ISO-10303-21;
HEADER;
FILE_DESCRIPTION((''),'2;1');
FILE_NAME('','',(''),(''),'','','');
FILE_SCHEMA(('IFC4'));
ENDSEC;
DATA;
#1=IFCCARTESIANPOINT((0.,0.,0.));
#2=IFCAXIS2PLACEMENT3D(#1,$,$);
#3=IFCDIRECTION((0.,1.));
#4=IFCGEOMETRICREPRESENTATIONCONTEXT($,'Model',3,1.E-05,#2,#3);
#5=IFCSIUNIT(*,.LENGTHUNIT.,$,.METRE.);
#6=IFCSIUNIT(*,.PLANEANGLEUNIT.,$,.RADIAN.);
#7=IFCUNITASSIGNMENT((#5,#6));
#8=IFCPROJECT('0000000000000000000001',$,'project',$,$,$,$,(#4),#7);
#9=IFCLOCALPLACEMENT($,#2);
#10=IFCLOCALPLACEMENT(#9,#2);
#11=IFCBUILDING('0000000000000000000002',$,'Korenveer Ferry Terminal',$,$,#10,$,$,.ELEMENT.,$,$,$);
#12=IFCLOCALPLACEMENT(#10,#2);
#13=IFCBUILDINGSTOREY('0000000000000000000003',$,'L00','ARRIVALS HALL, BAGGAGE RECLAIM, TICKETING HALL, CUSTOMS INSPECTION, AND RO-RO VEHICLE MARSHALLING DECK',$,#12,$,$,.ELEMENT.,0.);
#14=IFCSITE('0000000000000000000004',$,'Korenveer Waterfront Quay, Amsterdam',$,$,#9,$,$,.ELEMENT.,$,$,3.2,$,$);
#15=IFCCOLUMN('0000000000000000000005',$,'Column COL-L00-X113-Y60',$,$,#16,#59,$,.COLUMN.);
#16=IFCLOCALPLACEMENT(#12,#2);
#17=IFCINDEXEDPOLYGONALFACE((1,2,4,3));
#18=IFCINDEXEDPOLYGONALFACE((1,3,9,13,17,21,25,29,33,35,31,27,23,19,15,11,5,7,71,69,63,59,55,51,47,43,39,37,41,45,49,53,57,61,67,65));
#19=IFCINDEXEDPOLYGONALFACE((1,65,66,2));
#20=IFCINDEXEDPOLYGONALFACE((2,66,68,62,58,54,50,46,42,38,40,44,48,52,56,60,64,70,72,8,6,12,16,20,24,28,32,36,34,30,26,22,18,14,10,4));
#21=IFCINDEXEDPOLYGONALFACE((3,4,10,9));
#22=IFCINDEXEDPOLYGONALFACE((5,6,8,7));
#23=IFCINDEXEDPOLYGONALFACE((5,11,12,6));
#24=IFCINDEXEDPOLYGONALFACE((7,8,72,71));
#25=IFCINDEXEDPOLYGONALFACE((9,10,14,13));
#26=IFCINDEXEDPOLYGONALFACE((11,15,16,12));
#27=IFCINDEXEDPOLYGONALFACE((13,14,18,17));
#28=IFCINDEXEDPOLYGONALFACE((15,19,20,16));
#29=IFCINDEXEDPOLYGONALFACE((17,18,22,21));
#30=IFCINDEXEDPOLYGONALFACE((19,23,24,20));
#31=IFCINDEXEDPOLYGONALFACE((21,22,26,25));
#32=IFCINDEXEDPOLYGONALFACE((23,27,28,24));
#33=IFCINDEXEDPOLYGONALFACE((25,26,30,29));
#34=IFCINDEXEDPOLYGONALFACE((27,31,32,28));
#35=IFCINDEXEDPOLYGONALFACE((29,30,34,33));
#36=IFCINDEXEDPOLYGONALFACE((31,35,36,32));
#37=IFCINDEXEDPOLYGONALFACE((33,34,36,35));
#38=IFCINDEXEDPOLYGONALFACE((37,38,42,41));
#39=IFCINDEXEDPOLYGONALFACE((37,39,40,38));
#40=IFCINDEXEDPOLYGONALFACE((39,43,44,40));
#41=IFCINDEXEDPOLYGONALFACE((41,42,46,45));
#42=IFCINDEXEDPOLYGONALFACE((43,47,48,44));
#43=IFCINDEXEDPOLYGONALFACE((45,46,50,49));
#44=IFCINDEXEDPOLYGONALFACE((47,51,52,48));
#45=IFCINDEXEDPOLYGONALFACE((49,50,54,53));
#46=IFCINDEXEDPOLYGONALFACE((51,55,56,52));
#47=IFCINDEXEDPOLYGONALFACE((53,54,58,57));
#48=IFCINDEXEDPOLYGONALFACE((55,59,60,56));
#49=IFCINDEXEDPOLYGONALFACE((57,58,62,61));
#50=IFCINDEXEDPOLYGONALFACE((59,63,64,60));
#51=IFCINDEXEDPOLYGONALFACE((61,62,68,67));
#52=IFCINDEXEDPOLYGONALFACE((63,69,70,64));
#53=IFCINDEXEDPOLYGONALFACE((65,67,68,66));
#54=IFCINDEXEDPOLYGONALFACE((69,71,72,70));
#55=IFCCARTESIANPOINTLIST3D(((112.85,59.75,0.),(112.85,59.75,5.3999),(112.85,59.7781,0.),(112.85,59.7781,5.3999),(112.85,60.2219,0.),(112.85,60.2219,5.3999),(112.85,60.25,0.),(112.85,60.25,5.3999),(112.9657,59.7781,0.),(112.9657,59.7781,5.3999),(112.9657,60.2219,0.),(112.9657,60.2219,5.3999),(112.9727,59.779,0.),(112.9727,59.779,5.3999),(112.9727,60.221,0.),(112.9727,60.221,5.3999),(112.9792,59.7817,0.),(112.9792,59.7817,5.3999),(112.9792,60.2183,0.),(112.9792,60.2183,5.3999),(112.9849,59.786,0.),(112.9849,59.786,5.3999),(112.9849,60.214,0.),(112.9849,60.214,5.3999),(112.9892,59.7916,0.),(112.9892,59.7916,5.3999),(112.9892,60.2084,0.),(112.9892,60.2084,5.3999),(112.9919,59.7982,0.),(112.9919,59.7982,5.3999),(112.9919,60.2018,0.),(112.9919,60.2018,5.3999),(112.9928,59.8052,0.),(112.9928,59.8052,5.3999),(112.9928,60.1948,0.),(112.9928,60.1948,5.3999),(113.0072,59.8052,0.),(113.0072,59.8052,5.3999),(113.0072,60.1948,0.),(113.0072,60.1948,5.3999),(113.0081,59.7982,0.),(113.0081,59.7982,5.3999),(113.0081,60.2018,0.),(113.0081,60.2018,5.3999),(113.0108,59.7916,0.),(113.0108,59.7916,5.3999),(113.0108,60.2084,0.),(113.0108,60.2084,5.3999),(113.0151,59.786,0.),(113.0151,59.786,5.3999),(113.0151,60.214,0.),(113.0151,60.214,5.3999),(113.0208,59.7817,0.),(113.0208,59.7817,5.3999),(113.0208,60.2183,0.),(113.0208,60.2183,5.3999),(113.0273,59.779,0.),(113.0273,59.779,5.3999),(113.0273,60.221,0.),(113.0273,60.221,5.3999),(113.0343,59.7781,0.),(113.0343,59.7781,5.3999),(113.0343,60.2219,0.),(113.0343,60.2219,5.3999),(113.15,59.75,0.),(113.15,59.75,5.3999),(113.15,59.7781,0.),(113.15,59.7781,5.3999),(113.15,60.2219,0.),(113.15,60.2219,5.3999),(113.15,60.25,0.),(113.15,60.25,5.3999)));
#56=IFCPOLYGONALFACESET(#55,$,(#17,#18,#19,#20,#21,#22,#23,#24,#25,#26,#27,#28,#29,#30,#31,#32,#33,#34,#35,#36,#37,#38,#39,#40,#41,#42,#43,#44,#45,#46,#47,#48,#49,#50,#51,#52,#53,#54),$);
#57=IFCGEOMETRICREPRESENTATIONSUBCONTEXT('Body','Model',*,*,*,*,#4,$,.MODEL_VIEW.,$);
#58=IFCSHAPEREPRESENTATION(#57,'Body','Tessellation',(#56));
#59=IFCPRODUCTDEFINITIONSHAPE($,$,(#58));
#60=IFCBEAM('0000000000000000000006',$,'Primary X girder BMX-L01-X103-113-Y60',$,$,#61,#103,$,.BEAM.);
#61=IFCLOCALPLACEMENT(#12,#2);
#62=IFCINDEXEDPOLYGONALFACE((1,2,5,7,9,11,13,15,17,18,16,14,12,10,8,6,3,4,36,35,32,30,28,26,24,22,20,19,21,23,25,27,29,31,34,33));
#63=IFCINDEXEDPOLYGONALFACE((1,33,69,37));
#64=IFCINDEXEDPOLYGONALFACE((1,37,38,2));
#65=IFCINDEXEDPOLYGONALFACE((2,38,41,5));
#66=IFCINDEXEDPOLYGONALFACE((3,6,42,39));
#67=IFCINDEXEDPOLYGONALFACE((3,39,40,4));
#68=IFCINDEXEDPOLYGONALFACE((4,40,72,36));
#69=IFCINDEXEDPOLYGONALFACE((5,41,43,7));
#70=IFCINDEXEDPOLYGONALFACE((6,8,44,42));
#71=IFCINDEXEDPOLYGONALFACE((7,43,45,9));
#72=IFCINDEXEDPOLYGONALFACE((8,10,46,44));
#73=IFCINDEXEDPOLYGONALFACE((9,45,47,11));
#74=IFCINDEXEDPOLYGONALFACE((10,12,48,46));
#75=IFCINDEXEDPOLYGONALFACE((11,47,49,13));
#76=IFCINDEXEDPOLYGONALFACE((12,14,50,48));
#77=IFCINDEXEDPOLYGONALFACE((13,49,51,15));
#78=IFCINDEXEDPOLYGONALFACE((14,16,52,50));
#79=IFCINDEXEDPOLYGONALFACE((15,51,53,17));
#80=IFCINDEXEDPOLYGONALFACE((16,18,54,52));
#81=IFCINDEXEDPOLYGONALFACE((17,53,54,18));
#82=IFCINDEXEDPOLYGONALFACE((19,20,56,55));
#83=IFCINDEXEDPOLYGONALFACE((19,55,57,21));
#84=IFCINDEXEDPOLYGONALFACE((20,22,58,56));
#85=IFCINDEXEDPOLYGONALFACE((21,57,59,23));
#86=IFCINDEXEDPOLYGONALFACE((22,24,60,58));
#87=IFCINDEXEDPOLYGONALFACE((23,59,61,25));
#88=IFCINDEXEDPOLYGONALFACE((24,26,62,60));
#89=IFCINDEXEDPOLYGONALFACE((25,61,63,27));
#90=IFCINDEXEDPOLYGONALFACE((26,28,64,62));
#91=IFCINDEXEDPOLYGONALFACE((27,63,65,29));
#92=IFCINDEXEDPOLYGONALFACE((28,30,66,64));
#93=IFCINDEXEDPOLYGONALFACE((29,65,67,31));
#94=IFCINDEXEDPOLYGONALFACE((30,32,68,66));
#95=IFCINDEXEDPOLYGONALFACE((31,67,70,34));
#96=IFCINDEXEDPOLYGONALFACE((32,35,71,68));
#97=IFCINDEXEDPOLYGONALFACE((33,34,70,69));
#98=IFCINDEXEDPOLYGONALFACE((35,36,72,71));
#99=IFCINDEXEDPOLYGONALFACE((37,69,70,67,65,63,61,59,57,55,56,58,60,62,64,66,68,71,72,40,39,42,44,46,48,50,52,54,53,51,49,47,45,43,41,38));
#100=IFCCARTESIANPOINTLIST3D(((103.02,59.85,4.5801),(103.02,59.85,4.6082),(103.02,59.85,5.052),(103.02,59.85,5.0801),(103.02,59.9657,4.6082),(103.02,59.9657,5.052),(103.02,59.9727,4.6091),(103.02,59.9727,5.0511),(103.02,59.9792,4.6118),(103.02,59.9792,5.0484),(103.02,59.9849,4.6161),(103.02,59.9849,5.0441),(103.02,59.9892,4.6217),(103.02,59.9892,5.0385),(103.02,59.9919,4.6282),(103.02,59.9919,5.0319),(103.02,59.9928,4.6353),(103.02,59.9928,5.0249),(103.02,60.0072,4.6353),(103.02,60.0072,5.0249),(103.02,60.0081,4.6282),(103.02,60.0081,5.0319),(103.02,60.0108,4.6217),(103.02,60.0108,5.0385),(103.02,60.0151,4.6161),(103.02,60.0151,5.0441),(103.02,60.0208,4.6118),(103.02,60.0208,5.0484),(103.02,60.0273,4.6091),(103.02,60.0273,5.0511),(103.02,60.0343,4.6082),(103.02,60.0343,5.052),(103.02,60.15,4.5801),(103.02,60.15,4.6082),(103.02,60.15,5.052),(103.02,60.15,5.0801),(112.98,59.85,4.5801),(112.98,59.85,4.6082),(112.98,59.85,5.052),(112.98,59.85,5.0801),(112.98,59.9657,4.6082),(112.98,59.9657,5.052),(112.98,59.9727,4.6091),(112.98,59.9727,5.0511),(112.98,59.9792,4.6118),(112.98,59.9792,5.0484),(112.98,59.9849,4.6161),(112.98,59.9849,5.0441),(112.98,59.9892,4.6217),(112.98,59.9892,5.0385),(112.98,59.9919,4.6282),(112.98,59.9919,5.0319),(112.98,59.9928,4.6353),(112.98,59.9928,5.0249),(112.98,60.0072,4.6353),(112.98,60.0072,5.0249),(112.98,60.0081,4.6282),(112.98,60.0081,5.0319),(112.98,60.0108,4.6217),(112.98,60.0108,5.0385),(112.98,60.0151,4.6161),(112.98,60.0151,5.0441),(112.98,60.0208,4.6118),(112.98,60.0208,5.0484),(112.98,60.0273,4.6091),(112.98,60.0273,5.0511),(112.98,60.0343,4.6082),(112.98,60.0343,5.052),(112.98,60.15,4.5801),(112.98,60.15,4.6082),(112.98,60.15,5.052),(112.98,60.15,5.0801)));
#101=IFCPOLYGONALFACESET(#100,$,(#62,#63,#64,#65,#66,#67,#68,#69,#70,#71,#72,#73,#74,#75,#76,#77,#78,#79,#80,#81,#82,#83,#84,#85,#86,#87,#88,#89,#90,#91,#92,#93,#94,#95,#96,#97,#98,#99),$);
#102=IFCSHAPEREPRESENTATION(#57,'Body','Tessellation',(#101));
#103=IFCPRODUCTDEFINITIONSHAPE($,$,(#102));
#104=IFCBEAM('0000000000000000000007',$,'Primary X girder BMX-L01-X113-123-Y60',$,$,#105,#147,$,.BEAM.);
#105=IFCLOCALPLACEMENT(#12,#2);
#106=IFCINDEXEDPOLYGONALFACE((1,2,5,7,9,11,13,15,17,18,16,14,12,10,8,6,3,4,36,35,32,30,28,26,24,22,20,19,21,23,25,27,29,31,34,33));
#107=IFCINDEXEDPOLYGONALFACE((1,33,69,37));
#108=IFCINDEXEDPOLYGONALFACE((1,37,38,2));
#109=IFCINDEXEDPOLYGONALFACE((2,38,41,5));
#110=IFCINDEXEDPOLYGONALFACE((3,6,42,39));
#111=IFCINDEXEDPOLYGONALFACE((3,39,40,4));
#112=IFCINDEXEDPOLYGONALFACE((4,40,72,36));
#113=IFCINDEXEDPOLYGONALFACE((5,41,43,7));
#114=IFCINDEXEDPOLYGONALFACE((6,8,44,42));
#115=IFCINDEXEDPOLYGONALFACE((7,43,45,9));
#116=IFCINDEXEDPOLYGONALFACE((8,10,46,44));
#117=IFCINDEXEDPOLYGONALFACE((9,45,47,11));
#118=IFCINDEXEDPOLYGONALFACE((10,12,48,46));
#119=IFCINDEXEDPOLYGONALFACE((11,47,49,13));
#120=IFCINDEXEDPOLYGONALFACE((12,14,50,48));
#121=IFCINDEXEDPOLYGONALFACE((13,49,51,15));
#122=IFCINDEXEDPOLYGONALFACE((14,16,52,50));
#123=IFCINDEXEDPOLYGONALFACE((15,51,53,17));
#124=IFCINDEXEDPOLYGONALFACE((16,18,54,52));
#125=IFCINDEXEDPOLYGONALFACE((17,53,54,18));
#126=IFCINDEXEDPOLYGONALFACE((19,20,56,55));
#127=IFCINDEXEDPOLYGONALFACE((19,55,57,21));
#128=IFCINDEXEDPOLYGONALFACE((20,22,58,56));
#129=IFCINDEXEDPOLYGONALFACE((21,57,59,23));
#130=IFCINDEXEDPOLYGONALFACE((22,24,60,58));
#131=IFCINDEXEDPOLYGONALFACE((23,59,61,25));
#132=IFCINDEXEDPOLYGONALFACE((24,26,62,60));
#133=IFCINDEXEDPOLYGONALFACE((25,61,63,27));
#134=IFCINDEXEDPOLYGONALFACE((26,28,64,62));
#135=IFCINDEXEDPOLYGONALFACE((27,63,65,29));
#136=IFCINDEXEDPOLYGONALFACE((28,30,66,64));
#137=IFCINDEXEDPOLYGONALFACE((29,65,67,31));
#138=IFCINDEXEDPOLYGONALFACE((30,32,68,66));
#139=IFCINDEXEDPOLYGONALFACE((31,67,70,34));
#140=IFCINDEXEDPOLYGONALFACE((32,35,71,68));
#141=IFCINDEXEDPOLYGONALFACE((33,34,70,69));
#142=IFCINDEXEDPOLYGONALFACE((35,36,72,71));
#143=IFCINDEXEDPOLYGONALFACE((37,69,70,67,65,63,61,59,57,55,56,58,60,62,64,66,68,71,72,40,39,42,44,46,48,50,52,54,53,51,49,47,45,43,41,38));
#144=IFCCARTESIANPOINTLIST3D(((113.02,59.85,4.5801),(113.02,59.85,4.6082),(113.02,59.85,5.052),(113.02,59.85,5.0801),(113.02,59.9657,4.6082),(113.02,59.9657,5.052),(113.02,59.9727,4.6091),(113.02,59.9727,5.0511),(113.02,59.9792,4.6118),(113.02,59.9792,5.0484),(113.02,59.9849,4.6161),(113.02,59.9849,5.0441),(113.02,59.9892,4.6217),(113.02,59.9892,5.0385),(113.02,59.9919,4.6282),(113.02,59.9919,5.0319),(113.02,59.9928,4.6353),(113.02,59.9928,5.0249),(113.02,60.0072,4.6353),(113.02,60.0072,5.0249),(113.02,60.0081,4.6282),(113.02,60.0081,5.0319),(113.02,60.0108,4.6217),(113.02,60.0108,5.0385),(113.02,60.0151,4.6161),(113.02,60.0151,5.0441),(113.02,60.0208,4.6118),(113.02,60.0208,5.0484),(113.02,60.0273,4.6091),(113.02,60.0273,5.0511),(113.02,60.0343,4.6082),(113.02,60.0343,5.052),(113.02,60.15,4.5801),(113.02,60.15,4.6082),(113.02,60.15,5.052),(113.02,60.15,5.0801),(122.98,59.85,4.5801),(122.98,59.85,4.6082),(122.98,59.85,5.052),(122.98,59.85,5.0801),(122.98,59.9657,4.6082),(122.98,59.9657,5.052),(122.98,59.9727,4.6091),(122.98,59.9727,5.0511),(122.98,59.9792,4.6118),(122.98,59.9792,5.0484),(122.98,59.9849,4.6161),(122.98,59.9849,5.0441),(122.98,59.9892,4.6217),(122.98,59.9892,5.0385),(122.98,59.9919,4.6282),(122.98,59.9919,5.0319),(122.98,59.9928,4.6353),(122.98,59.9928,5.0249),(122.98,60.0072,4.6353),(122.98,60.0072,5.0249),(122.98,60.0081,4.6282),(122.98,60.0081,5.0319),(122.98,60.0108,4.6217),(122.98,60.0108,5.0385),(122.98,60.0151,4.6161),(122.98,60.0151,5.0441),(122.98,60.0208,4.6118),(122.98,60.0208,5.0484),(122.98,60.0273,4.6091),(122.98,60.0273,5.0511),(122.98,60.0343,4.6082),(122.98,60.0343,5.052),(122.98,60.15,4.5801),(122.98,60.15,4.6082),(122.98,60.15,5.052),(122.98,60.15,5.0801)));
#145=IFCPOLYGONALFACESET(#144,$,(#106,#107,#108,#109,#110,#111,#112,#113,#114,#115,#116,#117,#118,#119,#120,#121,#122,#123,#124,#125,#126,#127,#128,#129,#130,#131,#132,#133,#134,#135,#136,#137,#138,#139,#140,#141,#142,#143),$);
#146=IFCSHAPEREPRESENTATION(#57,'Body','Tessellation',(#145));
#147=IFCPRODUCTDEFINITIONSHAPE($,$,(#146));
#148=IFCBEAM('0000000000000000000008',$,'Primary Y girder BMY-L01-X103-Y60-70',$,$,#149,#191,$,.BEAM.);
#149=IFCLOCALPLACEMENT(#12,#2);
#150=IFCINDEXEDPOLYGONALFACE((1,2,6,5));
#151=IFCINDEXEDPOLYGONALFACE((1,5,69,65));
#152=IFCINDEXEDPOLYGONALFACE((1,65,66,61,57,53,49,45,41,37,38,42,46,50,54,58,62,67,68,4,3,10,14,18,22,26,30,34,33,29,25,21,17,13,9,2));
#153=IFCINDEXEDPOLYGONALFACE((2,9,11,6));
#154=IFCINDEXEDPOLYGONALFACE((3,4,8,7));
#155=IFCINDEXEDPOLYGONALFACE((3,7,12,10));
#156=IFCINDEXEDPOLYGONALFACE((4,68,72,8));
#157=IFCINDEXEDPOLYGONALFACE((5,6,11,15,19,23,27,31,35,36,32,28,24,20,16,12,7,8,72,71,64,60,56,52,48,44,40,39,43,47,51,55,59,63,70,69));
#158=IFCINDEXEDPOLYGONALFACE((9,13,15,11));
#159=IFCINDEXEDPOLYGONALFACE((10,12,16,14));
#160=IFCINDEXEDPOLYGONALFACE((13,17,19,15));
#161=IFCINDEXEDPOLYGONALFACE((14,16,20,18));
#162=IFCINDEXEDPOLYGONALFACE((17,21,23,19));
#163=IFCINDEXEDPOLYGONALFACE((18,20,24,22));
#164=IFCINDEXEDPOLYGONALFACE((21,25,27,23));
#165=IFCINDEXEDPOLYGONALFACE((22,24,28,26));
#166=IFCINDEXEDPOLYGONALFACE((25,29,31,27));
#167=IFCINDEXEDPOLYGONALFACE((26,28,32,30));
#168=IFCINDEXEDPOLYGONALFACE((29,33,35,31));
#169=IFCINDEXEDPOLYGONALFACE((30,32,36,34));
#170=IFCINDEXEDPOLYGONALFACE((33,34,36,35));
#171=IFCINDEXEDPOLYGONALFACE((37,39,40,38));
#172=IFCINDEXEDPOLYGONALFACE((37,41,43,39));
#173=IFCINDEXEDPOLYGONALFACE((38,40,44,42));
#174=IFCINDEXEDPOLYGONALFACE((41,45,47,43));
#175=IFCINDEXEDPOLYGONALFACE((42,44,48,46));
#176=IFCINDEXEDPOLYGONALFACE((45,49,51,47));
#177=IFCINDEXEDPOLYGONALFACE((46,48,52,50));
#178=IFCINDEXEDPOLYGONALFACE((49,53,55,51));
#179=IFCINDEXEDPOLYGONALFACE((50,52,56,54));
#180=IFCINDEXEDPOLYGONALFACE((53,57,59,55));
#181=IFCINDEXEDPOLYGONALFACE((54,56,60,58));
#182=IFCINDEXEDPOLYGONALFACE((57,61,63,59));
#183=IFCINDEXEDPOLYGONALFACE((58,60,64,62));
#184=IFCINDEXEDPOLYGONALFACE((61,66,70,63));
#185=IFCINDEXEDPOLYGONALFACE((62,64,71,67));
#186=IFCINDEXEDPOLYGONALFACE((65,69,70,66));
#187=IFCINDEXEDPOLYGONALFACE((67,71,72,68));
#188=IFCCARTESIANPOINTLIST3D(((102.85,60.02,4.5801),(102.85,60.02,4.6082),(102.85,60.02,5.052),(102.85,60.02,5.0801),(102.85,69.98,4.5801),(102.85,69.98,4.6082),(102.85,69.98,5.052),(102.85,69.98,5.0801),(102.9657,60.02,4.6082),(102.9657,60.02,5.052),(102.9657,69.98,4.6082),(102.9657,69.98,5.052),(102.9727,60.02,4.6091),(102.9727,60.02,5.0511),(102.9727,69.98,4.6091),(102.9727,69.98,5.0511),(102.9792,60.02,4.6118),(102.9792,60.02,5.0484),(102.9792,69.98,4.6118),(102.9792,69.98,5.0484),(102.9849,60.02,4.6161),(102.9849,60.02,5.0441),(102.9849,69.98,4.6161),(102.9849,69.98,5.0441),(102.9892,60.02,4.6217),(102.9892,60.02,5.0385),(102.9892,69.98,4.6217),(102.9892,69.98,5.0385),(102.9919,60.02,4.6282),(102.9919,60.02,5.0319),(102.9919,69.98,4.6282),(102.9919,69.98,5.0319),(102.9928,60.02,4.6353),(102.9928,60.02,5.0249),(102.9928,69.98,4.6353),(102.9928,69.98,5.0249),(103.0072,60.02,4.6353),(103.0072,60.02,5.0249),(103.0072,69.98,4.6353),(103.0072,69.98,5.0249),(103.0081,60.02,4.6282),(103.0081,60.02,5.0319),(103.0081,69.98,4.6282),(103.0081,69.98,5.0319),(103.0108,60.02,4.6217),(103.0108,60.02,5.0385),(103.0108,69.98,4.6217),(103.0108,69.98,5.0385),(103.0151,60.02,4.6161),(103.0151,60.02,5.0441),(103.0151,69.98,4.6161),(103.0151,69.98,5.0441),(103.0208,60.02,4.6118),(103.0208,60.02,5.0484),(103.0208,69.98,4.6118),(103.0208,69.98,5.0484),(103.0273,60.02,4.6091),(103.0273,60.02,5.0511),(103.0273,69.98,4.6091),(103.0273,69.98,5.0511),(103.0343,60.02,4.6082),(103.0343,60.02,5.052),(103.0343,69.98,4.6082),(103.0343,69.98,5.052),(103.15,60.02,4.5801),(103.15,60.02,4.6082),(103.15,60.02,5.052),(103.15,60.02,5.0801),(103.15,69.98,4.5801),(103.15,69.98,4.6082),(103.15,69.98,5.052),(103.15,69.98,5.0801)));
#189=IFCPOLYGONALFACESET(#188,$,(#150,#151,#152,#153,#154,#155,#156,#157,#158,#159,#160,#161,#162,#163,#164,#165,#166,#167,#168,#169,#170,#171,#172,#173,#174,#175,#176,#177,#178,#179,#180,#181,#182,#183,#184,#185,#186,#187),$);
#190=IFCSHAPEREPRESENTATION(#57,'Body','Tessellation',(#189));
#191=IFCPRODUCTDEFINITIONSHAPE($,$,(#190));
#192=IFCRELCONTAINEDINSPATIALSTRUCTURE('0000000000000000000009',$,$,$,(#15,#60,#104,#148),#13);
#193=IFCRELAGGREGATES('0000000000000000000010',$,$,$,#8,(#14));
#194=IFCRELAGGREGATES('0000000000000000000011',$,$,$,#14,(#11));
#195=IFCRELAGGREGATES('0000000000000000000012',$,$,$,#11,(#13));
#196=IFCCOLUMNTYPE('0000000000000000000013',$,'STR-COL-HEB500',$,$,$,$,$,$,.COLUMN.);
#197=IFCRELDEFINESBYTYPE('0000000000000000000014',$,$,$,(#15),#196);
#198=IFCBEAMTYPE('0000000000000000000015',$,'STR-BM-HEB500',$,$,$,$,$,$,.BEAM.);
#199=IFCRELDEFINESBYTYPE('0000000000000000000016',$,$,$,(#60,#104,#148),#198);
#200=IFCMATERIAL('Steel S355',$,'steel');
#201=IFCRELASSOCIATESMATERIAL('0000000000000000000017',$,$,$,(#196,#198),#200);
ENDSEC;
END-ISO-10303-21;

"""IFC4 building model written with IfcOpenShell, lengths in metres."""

from ifc_helpers import new_model, si_unit, direction, frame, origin, origin_2d, place, context, subcontext, project, spatial, i_section, extrude, material, material_profile, profile_set, type_object, element, save


model = new_model("IFC4")

# Units and contexts
model_context = context("Model", 3, precision=1e-05, world=origin(), true_north=direction((0.0, 1.0)))
body_context = subcontext(model_context, "Body", "Model", "MODEL_VIEW")
ifc_project = project(units=[si_unit("LENGTHUNIT", "METRE"), si_unit("PLANEANGLEUNIT", "RADIAN")], contexts=[model_context])

# Site, building, storey
site_placement = place(None, origin())
site = spatial("IfcSite", under=ifc_project, at=site_placement, Name="Korenveer Waterfront Quay, Amsterdam", CompositionType="ELEMENT", RefElevation=3.2)
building_placement = place(site_placement, origin())
building = spatial("IfcBuilding", under=site, at=building_placement, Name="Korenveer Ferry Terminal", CompositionType="ELEMENT")
storey_placement = place(building_placement, origin())
storey = spatial("IfcBuildingStorey", under=building, at=storey_placement, Name="L00", Description="ARRIVALS HALL, BAGGAGE RECLAIM, TICKETING HALL, CUSTOMS INSPECTION, AND RO-RO VEHICLE MARSHALLING DECK", CompositionType="ELEMENT", Elevation=0.0)

# Column
ifc_material_1 = material(Name="Steel S355", Category="steel")
ifc_material_profile_1 = material_profile(ifc_material_1, i_section(OverallWidth=0.3, OverallDepth=0.5, WebThickness=0.0144, FlangeThickness=0.0281, FilletRadius=0.0271, at=origin_2d()), Name="HEB 500")
ifc_profile_set_1 = profile_set([ifc_material_profile_1], Name="Steel S355")
column_type = type_object("IfcColumnType", Name="STR-COL-HEB500", PredefinedType="COLUMN", material=ifc_profile_set_1)
column_placement = place(storey_placement, frame((113.0, 60.0, 0.0), z_axis=(0.0, 0.0, 1.0), x_axis=(1.0, 0.0, 0.0)))
element("IfcColumn", 1, at=column_placement, inside=storey, type_object=column_type, Name="Column COL-L00-X113-Y60", PredefinedType="COLUMN", context=body_context, shape_type="SweptSolid", body=[
    extrude(i_section(OverallWidth=0.3, OverallDepth=0.5, WebThickness=0.0144, FlangeThickness=0.0281, FilletRadius=0.0271, at=origin_2d()), origin(), (0.0, 0.0, 1.0), 5.3999),
])

# Beams
ifc_material_profile_2 = material_profile(ifc_material_1, i_section(OverallWidth=0.3, OverallDepth=0.5, WebThickness=0.0144, FlangeThickness=0.0281, FilletRadius=0.0271, at=origin_2d()), Name="HEB 500")
ifc_profile_set_2 = profile_set([ifc_material_profile_2], Name="Steel S355")
beam_type_1 = type_object("IfcBeamType", Name="STR-BM-HEB500", PredefinedType="BEAM", material=ifc_profile_set_2)
for number, where, z_axis, x_axis, name in (
    (2, (103.02, 60.0, 4.8301), (1.0, 0.0, 0.0), (0.0, 1.0, 0.0), "Primary X girder BMX-L01-X103-113-Y60"),
    (3, (113.02, 60.0, 4.8301), (1.0, 0.0, 0.0), (0.0, 1.0, 0.0), "Primary X girder BMX-L01-X113-123-Y60"),
    (4, (103.0, 60.02, 4.8301), (0.0, 1.0, 0.0), (-1.0, 0.0, 0.0), "Primary Y girder BMY-L01-X103-Y60-70"),
):
    element("IfcBeam", number, at=place(storey_placement, frame(where, z_axis=z_axis, x_axis=x_axis)), inside=storey, type_object=beam_type_1, Name=name, PredefinedType="BEAM", context=body_context, shape_type="SweptSolid", body=[
        extrude(i_section(OverallWidth=0.3, OverallDepth=0.5, WebThickness=0.0144, FlangeThickness=0.0281, FilletRadius=0.0271, at=origin_2d()), origin(), (0.0, 0.0, 1.0), 9.96),
    ])

save(model, "model.ifc")
